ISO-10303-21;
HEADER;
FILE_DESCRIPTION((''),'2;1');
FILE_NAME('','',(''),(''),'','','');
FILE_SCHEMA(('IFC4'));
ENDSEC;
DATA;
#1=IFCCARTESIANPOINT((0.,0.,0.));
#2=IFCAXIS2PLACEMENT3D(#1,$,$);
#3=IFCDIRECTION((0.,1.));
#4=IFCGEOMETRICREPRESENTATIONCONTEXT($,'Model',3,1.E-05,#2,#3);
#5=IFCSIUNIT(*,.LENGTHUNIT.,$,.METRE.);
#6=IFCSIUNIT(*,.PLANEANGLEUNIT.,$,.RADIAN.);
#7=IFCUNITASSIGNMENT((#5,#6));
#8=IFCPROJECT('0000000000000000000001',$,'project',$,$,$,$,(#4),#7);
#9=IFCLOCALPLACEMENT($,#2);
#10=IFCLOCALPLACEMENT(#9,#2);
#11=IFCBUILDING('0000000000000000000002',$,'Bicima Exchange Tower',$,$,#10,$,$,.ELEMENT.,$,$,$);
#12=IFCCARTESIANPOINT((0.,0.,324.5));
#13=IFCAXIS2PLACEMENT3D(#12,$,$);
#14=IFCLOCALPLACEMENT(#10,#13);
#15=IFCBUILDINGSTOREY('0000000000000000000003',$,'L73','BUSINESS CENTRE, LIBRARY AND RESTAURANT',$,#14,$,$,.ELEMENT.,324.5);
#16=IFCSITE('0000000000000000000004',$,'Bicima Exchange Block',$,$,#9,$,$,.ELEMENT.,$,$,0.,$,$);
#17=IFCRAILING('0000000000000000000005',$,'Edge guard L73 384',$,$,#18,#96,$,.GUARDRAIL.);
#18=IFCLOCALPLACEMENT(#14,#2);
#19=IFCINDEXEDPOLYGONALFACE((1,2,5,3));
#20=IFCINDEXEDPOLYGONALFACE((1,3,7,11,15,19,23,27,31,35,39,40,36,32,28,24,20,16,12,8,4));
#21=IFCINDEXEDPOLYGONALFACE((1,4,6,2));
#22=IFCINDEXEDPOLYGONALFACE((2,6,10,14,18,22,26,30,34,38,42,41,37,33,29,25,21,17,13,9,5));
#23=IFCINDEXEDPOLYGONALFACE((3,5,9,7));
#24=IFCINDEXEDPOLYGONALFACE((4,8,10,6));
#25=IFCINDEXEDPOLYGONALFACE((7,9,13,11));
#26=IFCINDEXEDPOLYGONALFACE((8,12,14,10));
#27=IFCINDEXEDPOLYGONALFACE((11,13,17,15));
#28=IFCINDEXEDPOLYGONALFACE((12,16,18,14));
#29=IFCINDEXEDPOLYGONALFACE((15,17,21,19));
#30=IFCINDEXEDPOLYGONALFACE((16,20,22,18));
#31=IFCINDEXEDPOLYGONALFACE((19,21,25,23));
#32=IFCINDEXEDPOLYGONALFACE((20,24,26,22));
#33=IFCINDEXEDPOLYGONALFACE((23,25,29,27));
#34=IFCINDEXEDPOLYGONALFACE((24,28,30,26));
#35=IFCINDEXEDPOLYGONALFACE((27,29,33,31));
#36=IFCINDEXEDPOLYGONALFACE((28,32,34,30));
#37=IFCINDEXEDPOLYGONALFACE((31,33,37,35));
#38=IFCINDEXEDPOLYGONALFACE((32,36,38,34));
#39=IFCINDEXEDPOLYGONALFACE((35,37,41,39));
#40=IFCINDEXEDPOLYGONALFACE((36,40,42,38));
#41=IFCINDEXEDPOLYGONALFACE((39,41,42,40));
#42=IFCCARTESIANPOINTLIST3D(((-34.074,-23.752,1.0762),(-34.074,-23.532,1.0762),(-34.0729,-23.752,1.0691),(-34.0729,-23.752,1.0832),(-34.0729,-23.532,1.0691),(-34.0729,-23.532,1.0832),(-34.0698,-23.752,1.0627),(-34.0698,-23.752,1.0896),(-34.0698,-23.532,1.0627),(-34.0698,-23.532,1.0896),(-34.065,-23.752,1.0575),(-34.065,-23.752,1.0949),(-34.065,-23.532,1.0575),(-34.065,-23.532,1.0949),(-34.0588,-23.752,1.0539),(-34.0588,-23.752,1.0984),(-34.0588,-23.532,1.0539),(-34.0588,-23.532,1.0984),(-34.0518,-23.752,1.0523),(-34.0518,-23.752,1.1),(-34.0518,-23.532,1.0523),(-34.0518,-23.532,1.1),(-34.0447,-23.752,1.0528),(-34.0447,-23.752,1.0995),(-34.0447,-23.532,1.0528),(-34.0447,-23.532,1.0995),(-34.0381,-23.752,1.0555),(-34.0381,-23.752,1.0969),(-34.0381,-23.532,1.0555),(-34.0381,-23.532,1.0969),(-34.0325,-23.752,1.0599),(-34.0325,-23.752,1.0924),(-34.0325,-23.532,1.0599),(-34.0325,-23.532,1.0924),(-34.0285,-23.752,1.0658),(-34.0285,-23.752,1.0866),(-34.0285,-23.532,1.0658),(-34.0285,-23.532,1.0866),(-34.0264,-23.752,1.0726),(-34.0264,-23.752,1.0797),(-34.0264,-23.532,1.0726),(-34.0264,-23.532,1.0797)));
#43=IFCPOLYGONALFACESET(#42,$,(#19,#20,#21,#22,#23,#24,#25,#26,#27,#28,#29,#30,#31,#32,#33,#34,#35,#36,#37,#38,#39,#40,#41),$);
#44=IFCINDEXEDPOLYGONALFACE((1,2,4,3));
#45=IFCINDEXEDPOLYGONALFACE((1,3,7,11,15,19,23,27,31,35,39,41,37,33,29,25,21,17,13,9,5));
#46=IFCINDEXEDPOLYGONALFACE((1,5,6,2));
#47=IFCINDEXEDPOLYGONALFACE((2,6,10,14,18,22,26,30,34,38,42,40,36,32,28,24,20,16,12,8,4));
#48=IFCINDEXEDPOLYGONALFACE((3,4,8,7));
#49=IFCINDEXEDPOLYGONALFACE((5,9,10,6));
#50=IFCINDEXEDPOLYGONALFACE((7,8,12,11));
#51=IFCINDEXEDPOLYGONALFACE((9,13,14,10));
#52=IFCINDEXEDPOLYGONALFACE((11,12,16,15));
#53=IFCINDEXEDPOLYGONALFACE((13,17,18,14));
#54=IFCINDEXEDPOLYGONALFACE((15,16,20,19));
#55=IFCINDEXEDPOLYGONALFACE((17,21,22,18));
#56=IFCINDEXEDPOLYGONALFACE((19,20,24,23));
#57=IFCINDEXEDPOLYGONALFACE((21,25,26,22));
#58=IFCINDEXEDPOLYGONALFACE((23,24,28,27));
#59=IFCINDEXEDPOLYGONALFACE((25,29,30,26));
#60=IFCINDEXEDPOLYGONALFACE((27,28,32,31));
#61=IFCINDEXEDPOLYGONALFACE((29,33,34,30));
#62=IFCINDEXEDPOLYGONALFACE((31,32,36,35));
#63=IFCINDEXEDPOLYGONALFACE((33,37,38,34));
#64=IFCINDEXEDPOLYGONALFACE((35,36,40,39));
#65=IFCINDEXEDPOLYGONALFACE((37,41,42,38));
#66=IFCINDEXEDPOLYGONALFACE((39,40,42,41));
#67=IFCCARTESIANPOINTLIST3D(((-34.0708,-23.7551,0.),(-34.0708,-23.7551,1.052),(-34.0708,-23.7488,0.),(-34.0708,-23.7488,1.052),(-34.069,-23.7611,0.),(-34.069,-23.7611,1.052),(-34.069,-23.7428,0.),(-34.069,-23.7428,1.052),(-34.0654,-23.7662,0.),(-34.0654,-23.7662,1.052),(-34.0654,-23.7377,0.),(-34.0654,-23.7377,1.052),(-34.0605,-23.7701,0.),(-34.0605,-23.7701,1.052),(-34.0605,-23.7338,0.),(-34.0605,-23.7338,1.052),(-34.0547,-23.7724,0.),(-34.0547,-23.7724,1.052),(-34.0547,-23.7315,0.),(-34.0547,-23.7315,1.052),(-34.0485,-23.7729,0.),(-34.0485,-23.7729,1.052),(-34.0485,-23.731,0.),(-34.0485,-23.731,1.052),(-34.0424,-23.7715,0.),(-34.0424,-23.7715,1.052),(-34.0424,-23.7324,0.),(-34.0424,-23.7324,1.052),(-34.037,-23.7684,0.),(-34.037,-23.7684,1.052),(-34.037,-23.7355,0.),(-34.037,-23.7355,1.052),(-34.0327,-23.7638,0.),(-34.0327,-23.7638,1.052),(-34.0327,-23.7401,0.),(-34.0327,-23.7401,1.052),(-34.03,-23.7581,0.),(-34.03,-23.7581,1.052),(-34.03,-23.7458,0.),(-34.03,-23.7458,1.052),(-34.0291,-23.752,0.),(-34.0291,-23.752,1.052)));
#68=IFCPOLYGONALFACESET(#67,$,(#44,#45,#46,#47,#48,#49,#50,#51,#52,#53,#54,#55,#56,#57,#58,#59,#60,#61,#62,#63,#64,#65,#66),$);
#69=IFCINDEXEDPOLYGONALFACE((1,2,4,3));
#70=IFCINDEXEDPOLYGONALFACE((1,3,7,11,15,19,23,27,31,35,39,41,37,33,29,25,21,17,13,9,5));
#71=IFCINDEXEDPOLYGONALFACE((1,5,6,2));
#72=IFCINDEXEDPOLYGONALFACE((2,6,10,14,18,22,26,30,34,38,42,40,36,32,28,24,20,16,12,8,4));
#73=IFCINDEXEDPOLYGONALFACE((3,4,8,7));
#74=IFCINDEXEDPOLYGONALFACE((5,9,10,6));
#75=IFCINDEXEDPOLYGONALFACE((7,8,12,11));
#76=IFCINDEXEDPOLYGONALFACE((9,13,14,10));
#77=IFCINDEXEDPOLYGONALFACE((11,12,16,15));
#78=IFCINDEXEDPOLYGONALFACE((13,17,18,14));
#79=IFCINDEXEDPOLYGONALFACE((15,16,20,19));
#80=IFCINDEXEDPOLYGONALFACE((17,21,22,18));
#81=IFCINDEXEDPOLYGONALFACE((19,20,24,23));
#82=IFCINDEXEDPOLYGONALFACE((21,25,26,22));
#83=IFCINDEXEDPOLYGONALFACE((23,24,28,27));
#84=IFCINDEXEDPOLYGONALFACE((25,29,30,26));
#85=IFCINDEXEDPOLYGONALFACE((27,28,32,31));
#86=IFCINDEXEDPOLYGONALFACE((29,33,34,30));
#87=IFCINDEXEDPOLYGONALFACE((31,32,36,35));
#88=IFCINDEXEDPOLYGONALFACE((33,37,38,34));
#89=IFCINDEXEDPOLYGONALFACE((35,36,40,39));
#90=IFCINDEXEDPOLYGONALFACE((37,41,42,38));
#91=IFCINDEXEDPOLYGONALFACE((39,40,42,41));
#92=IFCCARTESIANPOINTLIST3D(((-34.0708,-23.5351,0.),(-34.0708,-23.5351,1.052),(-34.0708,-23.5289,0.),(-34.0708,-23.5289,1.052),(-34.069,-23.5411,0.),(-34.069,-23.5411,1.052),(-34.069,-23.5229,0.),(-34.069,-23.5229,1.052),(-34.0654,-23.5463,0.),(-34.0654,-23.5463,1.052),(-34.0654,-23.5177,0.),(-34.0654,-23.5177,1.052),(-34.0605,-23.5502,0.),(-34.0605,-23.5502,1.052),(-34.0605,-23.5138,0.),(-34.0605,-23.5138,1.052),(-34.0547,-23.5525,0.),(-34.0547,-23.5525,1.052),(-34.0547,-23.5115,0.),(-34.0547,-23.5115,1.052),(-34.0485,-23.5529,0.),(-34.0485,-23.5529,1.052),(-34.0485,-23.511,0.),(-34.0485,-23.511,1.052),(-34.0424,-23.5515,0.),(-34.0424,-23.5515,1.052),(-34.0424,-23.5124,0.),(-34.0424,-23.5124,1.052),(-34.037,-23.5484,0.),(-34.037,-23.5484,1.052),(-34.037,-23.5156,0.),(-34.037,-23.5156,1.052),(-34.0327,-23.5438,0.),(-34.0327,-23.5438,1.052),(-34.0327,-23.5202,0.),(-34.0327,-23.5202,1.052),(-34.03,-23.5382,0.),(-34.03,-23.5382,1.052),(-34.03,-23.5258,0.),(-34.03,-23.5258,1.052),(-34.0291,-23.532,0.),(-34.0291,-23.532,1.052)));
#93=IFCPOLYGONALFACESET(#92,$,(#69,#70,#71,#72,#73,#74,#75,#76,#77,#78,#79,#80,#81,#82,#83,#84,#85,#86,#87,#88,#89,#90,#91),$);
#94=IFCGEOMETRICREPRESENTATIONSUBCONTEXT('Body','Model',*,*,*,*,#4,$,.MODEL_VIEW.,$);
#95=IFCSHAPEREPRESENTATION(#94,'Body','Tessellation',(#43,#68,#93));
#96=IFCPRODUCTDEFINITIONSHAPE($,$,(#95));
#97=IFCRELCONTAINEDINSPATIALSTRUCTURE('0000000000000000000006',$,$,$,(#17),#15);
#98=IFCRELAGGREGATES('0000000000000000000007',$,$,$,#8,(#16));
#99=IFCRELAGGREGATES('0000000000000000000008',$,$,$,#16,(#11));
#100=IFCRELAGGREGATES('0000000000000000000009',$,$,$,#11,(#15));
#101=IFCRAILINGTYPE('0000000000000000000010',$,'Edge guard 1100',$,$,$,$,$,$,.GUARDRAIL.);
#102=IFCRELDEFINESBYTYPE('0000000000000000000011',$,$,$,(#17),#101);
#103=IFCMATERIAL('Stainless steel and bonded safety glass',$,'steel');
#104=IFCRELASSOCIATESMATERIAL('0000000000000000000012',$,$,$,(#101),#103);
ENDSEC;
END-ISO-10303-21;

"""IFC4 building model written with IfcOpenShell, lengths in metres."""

from ifc_helpers import new_model, si_unit, direction, frame, origin, origin_2d, place, context, subcontext, project, spatial, circle, extrude, material, type_object, element, save


model = new_model("IFC4")

# Units and contexts
model_context = context("Model", 3, precision=1e-05, world=origin(), true_north=direction((0.0, 1.0)))
body_context = subcontext(model_context, "Body", "Model", "MODEL_VIEW")
ifc_project = project(units=[si_unit("LENGTHUNIT", "METRE"), si_unit("PLANEANGLEUNIT", "RADIAN")], contexts=[model_context])

# Site, building, storey
site_placement = place(None, origin())
site = spatial("IfcSite", under=ifc_project, at=site_placement, Name="Bicima Exchange Block", CompositionType="ELEMENT", RefElevation=0.0)
building_placement = place(site_placement, origin())
building = spatial("IfcBuilding", under=site, at=building_placement, Name="Bicima Exchange Tower", CompositionType="ELEMENT")
storey_placement = place(building_placement, frame((0.0, 0.0, 324.5)))
storey = spatial("IfcBuildingStorey", under=building, at=storey_placement, Name="L73", Description="BUSINESS CENTRE, LIBRARY AND RESTAURANT", CompositionType="ELEMENT", Elevation=324.5)

# Railing
ifc_material_1 = material(Name="Stainless steel and bonded safety glass", Category="steel")
railing_type = type_object("IfcRailingType", Name="Edge guard 1100", PredefinedType="GUARDRAIL", material=ifc_material_1)
railing_1_placement = place(storey_placement, frame((-34.05, -23.752, 0.0)))
element("IfcRailing", 1, at=railing_1_placement, inside=storey, type_object=railing_type, Name="Edge guard L73 384", PredefinedType="GUARDRAIL", context=body_context, shape_type="SweptSolid", body=[
    extrude(circle(Radius=0.0239, at=origin_2d()), frame((0.0, 0.0, 1.0762), z_axis=(0.0, 1.0, 0.0), x_axis=(-1.0, 0.0, 0.0)), (0.0, 0.0, 1.0), 0.22),
    extrude(circle(Radius=0.021, at=origin_2d()), origin(), (0.0, 0.0, 1.0), 1.052),
    extrude(circle(Radius=0.021, at=origin_2d()), frame((0.0, 0.22, 0.0)), (0.0, 0.0, 1.0), 1.052),
])

save(model, "model.ifc")
